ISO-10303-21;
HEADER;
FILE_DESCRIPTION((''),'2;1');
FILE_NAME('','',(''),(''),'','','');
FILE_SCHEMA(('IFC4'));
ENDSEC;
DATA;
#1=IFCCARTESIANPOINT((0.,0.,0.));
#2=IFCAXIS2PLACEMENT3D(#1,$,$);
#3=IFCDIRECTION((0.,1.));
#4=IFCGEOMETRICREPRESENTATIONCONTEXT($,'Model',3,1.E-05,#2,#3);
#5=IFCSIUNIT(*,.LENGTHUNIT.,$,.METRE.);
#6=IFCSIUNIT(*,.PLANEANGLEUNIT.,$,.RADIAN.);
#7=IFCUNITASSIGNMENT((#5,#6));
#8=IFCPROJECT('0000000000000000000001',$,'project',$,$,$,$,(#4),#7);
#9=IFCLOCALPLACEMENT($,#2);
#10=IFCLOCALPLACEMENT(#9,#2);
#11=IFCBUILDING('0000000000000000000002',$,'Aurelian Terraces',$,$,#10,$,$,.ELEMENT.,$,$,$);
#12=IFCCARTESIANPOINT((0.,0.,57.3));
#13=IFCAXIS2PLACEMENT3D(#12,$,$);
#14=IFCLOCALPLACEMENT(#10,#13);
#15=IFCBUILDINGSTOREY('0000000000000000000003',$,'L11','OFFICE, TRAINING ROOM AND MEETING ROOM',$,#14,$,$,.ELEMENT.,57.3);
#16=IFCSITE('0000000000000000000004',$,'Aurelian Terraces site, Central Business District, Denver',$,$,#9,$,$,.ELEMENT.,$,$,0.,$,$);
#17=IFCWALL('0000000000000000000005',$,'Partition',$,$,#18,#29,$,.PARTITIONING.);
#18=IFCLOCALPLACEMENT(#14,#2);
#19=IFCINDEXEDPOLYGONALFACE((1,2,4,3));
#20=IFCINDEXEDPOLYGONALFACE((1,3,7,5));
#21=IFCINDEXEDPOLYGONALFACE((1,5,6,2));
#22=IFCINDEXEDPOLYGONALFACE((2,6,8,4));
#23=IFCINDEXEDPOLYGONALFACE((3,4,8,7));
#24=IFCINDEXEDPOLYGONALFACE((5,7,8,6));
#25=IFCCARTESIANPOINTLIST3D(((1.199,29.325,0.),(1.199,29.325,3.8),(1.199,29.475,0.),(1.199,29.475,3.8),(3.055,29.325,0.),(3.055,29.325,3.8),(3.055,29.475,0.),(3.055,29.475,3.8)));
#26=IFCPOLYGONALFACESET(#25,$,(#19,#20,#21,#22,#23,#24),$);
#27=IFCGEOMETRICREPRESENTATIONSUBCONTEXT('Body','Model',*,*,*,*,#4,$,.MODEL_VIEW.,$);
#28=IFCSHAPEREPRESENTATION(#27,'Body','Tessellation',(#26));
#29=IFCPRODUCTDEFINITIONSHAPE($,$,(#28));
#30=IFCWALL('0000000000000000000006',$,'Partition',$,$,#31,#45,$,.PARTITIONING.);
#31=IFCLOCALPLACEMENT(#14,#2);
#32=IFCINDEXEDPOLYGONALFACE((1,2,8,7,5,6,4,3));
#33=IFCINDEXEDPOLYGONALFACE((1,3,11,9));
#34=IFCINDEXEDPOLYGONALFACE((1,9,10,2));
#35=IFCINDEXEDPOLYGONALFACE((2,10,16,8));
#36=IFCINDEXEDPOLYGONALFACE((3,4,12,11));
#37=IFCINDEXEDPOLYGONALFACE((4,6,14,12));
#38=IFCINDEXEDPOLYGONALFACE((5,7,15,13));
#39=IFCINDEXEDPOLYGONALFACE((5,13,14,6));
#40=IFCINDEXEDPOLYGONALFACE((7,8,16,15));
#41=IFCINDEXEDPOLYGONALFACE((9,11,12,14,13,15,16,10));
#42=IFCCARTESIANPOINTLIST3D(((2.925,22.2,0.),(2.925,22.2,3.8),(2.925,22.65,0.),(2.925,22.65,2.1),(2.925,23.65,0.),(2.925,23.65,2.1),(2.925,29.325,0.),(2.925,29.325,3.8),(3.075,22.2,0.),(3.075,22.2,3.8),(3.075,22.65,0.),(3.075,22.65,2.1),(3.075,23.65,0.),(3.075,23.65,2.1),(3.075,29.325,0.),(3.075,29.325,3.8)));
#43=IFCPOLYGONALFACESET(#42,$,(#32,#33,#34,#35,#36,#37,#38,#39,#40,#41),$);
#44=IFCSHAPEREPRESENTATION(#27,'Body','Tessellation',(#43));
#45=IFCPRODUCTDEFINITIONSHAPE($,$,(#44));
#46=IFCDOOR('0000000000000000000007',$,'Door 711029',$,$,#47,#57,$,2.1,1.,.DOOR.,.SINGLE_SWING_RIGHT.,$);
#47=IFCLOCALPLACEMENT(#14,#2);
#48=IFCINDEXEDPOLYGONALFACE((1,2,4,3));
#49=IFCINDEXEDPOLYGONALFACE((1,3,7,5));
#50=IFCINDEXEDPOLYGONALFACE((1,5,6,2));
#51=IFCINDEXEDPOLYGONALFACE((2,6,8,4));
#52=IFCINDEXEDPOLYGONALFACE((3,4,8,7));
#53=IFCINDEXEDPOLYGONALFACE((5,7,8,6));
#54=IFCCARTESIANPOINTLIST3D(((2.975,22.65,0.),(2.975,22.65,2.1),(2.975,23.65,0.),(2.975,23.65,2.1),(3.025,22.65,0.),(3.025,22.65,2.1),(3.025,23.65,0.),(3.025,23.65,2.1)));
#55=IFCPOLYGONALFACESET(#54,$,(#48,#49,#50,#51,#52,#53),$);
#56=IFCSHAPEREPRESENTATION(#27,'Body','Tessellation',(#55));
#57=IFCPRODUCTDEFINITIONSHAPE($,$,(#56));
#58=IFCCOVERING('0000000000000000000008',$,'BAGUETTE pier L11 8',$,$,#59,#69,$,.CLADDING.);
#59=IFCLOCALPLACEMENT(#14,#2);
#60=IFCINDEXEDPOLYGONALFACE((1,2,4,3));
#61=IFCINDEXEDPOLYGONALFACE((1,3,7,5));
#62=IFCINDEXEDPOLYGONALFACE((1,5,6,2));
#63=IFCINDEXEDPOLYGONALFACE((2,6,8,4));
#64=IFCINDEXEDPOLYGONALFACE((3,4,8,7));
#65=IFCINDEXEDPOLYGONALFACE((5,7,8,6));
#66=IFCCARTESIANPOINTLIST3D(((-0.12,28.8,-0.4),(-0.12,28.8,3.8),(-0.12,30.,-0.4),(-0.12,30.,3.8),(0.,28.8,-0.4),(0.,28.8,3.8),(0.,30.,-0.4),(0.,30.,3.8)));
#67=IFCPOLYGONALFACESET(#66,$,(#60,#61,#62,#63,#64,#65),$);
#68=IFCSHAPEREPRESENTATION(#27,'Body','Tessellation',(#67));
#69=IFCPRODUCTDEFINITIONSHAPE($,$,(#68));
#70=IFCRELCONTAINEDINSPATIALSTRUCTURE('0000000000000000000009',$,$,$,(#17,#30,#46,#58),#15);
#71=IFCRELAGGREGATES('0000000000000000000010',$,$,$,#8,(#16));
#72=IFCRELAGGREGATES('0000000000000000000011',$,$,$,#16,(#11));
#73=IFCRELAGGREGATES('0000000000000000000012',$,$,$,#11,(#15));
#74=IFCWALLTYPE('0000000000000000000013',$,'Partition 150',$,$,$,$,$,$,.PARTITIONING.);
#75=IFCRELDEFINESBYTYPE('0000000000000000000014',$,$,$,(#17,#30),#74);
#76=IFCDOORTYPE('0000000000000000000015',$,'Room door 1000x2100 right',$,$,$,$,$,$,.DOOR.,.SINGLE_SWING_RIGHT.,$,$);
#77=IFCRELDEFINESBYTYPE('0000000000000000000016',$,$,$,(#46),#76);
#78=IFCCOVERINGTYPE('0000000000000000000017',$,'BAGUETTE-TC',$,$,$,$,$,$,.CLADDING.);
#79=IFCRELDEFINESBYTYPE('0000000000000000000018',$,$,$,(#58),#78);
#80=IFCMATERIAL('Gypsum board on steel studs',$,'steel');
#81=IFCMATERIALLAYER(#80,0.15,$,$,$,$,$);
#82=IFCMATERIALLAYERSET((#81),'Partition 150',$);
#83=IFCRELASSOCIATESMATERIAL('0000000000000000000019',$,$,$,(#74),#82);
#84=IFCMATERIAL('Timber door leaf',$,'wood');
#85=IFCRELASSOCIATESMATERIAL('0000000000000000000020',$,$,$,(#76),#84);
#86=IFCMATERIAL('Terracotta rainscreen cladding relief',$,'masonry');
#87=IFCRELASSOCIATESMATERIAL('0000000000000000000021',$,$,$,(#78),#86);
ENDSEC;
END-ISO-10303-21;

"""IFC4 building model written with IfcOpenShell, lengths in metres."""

from ifc_helpers import new_model, si_unit, direction, frame, frame_2d, origin, origin_2d, place, context, subcontext, project, spatial, rectangle, extrude, source, transform, mapped, material, layer, layer_set, type_object, element, fill, save


model = new_model("IFC4")

# Units and contexts
model_context = context("Model", 3, precision=1e-05, world=origin(), true_north=direction((0.0, 1.0)))
body_context = subcontext(model_context, "Body", "Model", "MODEL_VIEW")
ifc_project = project(units=[si_unit("LENGTHUNIT", "METRE"), si_unit("PLANEANGLEUNIT", "RADIAN")], contexts=[model_context])

# Site, building, storey
site_placement = place(None, origin())
site = spatial("IfcSite", under=ifc_project, at=site_placement, Name="Aurelian Terraces site, Central Business District, Denver", CompositionType="ELEMENT", RefElevation=0.0)
building_placement = place(site_placement, origin())
building = spatial("IfcBuilding", under=site, at=building_placement, Name="Aurelian Terraces", CompositionType="ELEMENT")
storey_placement = place(building_placement, frame((0.0, 0.0, 57.3)))
storey = spatial("IfcBuildingStorey", under=building, at=storey_placement, Name="L11", Description="OFFICE, TRAINING ROOM AND MEETING ROOM", CompositionType="ELEMENT", Elevation=57.3)

# Shared definitions
ifc_material_1 = material(Name="Timber door leaf", Category="wood")
shared_shape_1 = source(origin(), body_context, "Body", "SweptSolid", [
    extrude(rectangle(XDim=1.0, YDim=2.1, at=frame_2d((0.5, 1.05))), frame((0.0, 0.025, 0.0), z_axis=(0.0, -1.0, 0.0), x_axis=(1.0, 0.0, 0.0)), (0.0, 0.0, 1.0), 0.05),
])

# Wall
ifc_material_2 = material(Name="Gypsum board on steel studs", Category="steel")
ifc_layer_1 = layer(ifc_material_2, 0.15)
ifc_layer_set_1 = layer_set([ifc_layer_1], Name="Partition 150")
wall_type_1 = type_object("IfcWallType", Name="Partition 150", PredefinedType="PARTITIONING", material=ifc_layer_set_1)
shared_shape_2 = source(origin(), body_context, "Body", "SweptSolid", [
    extrude(rectangle(XDim=1.856, YDim=0.15, at=frame_2d((0.928, 0.0))), origin(), (0.0, 0.0, 1.0), 3.8),
])
wall_1_placement = place(storey_placement, frame((3.055, 29.4, 0.0), z_axis=(0.0, 0.0, 1.0), x_axis=(-1.0, 0.0, 0.0)))
element("IfcWall", 1, at=wall_1_placement, inside=storey, type_object=wall_type_1, Name="Partition", PredefinedType="PARTITIONING", context=body_context, shape_type="MappedRepresentation", body=[
    mapped(shared_shape_2, transform((0.0, 0.0, 0.0), scale=1.0)),
])

# Wall, opening, door
shared_shape_3 = source(origin(), body_context, "Body", "SweptSolid", [
    extrude(rectangle(XDim=7.125, YDim=0.15, at=frame_2d((3.5625, 0.0))), origin(), (0.0, 0.0, 1.0), 3.8),
])
wall_2_placement = place(storey_placement, frame((3.0, 29.325, 0.0), z_axis=(0.0, 0.0, 1.0), x_axis=(0.0, -1.0, 0.0)))
wall_2 = element("IfcWall", 2, at=wall_2_placement, inside=storey, type_object=wall_type_1, Name="Partition", PredefinedType="PARTITIONING", context=body_context, shape_type="MappedRepresentation", body=[
    mapped(shared_shape_3, transform((0.0, 0.0, 0.0), scale=1.0)),
])
shared_shape_4 = source(origin(), body_context, "Body", "SweptSolid", [
    extrude(rectangle(XDim=1.0, YDim=2.1, at=frame_2d((0.5, 1.05))), frame((0.0, 0.085, 0.0), z_axis=(0.0, -1.0, 0.0), x_axis=(1.0, 0.0, 0.0)), (0.0, 0.0, 1.0), 0.17),
])
opening_1_placement = place(wall_2_placement, frame((5.675, 0.0, 0.0)))
opening_1 = element("IfcOpeningElement", 3, at=opening_1_placement, cuts=wall_2, PredefinedType="OPENING", context=body_context, shape_type="MappedRepresentation", body=[
    mapped(shared_shape_4, transform((0.0, 0.0, 0.0), scale=1.0)),
])
door_type_1 = type_object("IfcDoorType", Name="Room door 1000x2100 right", OperationType="SINGLE_SWING_RIGHT", PredefinedType="DOOR", material=ifc_material_1)
door_1_placement = place(opening_1_placement, origin())
door_1 = element("IfcDoor", 4, at=door_1_placement, inside=storey, type_object=door_type_1, Name="Door 711029", OperationType="SINGLE_SWING_RIGHT", OverallHeight=2.1, OverallWidth=1.0, PredefinedType="DOOR", context=body_context, shape_type="MappedRepresentation", body=[
    mapped(shared_shape_1, transform((0.0, 0.0, 0.0), scale=1.0)),
])
fill(opening_1, door_1)

# Covering
ifc_material_3 = material(Name="Terracotta rainscreen cladding relief", Category="masonry")
covering_type = type_object("IfcCoveringType", Name="BAGUETTE-TC", PredefinedType="CLADDING", material=ifc_material_3)
shared_shape_5 = source(origin(), body_context, "Body", "SweptSolid", [
    extrude(rectangle(XDim=0.12, YDim=1.2, at=origin_2d()), origin(), (0.0, 0.0, 1.0), 4.2),
])
covering_placement = place(storey_placement, frame((-0.06, 29.4, -0.4), z_axis=(0.0, 0.0, 1.0), x_axis=(1.0, 0.0, 0.0)))
element("IfcCovering", 5, at=covering_placement, inside=storey, type_object=covering_type, Name="BAGUETTE pier L11 8", PredefinedType="CLADDING", context=body_context, shape_type="MappedRepresentation", body=[
    mapped(shared_shape_5, transform((0.0, 0.0, 0.0), scale=1.0)),
])

save(model, "model.ifc")
